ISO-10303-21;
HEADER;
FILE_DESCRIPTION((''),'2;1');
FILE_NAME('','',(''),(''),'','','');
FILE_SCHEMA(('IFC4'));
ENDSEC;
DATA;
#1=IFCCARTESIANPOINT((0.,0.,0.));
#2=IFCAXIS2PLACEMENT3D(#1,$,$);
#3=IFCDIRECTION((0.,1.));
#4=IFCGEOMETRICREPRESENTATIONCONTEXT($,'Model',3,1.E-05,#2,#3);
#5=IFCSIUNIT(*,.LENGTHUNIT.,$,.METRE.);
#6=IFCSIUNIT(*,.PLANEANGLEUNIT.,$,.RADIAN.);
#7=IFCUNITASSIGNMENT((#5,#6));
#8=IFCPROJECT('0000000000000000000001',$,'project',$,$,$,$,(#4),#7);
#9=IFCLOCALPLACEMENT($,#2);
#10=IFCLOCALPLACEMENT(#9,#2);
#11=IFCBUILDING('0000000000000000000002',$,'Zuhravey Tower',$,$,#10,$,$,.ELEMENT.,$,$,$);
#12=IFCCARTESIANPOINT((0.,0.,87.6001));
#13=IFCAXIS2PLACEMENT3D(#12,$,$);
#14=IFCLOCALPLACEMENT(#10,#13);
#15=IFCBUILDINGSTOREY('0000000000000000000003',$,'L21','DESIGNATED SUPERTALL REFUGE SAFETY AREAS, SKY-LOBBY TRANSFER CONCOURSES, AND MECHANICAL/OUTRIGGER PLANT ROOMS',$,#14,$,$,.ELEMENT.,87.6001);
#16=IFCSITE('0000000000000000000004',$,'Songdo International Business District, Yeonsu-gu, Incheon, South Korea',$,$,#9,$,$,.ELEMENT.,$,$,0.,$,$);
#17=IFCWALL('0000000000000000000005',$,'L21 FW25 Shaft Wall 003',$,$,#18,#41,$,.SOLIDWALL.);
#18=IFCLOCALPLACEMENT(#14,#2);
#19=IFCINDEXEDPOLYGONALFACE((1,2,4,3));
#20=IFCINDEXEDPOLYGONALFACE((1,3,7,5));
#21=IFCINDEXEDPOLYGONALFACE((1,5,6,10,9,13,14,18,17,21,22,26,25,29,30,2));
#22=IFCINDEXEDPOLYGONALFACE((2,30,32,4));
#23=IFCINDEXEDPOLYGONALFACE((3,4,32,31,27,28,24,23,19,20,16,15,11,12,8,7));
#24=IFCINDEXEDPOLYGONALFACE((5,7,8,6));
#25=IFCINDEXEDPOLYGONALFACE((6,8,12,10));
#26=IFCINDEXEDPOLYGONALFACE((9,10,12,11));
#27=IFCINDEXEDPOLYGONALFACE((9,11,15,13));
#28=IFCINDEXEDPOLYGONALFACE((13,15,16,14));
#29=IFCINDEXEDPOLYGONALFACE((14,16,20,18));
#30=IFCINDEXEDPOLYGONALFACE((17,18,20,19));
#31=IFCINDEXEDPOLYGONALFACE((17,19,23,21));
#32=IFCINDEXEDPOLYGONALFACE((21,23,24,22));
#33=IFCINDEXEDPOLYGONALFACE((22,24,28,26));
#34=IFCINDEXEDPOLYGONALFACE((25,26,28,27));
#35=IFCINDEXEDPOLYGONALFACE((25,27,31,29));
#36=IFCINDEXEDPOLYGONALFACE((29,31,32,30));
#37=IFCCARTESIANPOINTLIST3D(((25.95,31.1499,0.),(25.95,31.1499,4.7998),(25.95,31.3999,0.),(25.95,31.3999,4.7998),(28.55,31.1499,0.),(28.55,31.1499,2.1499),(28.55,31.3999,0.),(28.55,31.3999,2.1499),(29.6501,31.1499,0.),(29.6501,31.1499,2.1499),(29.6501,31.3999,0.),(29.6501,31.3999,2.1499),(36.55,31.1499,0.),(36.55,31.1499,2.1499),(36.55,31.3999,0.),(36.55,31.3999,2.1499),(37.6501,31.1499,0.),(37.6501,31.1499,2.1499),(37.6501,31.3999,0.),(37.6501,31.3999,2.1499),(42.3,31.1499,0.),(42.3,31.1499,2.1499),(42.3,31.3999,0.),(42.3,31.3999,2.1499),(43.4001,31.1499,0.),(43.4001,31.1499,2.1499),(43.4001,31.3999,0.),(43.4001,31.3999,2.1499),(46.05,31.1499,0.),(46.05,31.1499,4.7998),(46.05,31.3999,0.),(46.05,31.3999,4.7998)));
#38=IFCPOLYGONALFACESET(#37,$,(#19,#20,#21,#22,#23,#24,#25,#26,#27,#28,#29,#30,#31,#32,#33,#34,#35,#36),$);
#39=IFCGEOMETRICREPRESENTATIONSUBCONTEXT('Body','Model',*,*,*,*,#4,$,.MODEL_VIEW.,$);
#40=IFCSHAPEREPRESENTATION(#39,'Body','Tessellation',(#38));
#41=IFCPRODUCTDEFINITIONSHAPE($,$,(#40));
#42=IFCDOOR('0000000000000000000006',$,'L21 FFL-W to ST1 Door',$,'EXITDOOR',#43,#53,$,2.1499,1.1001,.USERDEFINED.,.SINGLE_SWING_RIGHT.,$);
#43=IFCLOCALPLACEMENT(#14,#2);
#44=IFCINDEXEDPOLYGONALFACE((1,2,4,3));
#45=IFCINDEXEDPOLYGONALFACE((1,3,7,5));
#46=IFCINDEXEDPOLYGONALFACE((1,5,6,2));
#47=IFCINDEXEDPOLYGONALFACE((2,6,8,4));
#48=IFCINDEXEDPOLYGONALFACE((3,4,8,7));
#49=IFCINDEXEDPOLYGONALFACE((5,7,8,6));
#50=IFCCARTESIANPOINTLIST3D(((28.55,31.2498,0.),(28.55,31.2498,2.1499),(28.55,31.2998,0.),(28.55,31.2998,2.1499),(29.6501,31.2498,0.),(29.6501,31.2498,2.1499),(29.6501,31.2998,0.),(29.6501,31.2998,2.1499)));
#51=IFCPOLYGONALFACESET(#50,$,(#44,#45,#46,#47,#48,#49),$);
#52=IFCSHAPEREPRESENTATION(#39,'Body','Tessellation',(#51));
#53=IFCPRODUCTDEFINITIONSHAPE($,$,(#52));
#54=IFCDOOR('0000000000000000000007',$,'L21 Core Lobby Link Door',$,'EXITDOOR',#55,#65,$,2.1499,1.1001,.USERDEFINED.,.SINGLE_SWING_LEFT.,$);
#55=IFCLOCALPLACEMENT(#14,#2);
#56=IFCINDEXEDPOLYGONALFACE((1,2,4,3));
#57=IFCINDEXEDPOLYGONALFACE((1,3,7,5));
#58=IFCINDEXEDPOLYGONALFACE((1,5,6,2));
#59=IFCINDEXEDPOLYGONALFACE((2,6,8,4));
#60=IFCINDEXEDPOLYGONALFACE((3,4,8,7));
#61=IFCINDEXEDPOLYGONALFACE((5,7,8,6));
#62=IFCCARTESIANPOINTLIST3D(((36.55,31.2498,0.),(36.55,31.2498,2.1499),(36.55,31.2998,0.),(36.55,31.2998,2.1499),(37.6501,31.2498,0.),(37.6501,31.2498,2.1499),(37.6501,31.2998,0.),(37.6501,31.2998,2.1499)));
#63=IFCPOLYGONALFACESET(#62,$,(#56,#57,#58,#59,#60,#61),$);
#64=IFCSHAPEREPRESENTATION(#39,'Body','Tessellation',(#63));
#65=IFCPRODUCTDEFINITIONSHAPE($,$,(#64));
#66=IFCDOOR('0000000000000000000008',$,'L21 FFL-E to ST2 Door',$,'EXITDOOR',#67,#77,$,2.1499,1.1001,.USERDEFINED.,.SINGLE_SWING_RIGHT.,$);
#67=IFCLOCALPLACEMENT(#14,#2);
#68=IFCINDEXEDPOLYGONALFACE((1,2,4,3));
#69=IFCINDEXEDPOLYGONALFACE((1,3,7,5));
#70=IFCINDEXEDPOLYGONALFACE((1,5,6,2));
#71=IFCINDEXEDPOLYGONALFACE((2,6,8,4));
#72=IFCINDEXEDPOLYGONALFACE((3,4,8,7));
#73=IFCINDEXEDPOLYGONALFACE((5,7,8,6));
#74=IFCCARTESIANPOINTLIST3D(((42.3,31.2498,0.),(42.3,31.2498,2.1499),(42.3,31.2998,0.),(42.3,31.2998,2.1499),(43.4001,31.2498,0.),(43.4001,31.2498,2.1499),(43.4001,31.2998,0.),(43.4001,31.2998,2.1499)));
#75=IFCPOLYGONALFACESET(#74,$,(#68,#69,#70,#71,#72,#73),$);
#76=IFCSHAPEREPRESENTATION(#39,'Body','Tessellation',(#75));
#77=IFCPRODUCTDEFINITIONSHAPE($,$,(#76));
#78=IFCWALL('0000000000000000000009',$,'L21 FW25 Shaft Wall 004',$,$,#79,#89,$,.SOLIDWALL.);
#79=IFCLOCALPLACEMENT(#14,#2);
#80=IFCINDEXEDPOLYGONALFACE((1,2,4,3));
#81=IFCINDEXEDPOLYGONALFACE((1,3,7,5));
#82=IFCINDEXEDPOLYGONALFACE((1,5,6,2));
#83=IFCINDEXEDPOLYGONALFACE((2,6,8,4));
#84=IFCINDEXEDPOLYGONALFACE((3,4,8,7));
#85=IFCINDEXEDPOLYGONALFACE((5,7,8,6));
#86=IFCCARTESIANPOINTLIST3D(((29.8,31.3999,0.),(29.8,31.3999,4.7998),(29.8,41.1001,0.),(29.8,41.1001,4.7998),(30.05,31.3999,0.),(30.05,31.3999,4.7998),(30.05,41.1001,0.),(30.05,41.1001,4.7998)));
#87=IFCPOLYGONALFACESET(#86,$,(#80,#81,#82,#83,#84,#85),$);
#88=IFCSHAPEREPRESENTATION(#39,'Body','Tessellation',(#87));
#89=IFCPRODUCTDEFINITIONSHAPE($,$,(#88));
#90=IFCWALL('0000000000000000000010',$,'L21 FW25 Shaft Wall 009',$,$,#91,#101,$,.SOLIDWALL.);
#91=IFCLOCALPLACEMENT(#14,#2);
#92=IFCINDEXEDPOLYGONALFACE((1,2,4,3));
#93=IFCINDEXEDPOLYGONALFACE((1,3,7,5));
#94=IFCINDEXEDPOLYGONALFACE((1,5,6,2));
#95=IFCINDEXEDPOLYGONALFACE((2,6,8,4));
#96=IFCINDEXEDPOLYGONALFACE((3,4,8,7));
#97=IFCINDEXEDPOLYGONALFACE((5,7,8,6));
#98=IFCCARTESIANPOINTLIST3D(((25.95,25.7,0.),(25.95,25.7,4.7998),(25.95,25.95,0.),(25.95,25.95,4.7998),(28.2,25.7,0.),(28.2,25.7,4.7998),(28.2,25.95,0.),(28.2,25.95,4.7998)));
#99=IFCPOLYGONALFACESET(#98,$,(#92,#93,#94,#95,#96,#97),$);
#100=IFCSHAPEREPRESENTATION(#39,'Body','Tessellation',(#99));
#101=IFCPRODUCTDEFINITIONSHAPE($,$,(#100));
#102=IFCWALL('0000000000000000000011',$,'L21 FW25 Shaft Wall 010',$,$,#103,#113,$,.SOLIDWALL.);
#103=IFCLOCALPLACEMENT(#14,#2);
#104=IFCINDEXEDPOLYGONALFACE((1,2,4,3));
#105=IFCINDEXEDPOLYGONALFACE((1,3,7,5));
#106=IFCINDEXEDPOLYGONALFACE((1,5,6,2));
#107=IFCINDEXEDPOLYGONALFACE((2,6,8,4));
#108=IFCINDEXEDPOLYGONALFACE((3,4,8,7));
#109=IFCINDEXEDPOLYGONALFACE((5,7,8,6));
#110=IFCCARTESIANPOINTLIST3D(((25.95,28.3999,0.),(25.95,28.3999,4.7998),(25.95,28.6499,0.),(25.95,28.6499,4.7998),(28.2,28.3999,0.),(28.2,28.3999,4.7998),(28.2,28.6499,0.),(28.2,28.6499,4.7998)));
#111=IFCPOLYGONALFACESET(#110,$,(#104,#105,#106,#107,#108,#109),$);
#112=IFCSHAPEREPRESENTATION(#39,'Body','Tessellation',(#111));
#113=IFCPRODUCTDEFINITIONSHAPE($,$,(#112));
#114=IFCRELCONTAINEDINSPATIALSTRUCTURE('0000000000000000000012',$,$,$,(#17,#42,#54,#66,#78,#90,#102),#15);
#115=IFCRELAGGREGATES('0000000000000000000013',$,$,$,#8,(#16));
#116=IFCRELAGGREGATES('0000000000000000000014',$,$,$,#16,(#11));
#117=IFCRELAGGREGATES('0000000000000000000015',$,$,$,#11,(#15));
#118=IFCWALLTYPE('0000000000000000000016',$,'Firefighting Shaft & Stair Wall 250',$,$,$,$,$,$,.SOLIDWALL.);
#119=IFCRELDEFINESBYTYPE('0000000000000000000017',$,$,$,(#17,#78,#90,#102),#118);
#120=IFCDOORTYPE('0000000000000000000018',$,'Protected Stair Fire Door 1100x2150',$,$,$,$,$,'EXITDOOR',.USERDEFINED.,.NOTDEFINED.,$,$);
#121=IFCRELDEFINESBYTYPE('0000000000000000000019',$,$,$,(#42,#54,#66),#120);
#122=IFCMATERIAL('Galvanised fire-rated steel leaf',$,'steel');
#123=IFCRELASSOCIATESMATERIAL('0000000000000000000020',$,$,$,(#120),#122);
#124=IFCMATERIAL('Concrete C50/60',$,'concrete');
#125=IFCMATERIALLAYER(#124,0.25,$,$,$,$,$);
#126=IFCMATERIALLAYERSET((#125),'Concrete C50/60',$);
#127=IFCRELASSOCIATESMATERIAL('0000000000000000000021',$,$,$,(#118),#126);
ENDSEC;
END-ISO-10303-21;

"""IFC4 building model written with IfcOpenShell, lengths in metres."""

from ifc_helpers import new_model, si_unit, direction, frame, frame_2d, origin, place, context, subcontext, project, spatial, rectangle, extrude, material, layer, layer_set, type_object, element, fill, save


model = new_model("IFC4")

# Units and contexts
model_context = context("Model", 3, precision=1e-05, world=origin(), true_north=direction((0.0, 1.0)))
body_context = subcontext(model_context, "Body", "Model", "MODEL_VIEW")
ifc_project = project(units=[si_unit("LENGTHUNIT", "METRE"), si_unit("PLANEANGLEUNIT", "RADIAN")], contexts=[model_context])

# Site, building, storey
site_placement = place(None, origin())
site = spatial("IfcSite", under=ifc_project, at=site_placement, Name="Songdo International Business District, Yeonsu-gu, Incheon, South Korea", CompositionType="ELEMENT", RefElevation=0.0)
building_placement = place(site_placement, origin())
building = spatial("IfcBuilding", under=site, at=building_placement, Name="Zuhravey Tower", CompositionType="ELEMENT")
storey_placement = place(building_placement, frame((0.0, 0.0, 87.6001)))
storey = spatial("IfcBuildingStorey", under=building, at=storey_placement, Name="L21", Description="DESIGNATED SUPERTALL REFUGE SAFETY AREAS, SKY-LOBBY TRANSFER CONCOURSES, AND MECHANICAL/OUTRIGGER PLANT ROOMS", CompositionType="ELEMENT", Elevation=87.6001)

# Shared definitions
ifc_material_1 = material(Name="Galvanised fire-rated steel leaf", Category="steel")
door_type_1 = type_object("IfcDoorType", Name="Protected Stair Fire Door 1100x2150", ElementType="EXITDOOR", OperationType="NOTDEFINED", PredefinedType="USERDEFINED", material=ifc_material_1)

# Wall, openings, doors
ifc_material_2 = material(Name="Concrete C50/60", Category="concrete")
ifc_layer_1 = layer(ifc_material_2, 0.25)
ifc_layer_set_1 = layer_set([ifc_layer_1], Name="Concrete C50/60")
wall_type_1 = type_object("IfcWallType", Name="Firefighting Shaft & Stair Wall 250", PredefinedType="SOLIDWALL", material=ifc_layer_set_1)
wall_1_placement = place(storey_placement, frame((25.95, 31.2749, 0.0), z_axis=(0.0, 0.0, 1.0), x_axis=(1.0, 0.0, 0.0)))
wall_1 = element("IfcWall", 1, at=wall_1_placement, inside=storey, type_object=wall_type_1, Name="L21 FW25 Shaft Wall 003", PredefinedType="SOLIDWALL", context=body_context, shape_type="SweptSolid", body=[
    extrude(rectangle(XDim=20.1001, YDim=0.25, at=frame_2d((10.05, 0.0))), origin(), (0.0, 0.0, 1.0), 4.7998),
])
opening_1_placement = place(wall_1_placement, frame((2.6001, 0.0, 0.0)))
opening_1 = element("IfcOpeningElement", 2, at=opening_1_placement, cuts=wall_1, PredefinedType="OPENING", context=body_context, shape_type="SweptSolid", body=[
    extrude(rectangle(XDim=1.1001, YDim=2.1499, at=frame_2d((0.55, 1.075))), frame((0.0, 0.137, 0.0), z_axis=(0.0, -1.0, 0.0), x_axis=(1.0, 0.0, 0.0)), (0.0, 0.0, 1.0), 0.2739),
])
opening_2_placement = place(wall_1_placement, frame((10.6001, 0.0, 0.0)))
opening_2 = element("IfcOpeningElement", 3, at=opening_2_placement, cuts=wall_1, PredefinedType="OPENING", context=body_context, shape_type="SweptSolid", body=[
    extrude(rectangle(XDim=1.1001, YDim=2.1499, at=frame_2d((0.55, 1.075))), frame((0.0, 0.137, 0.0), z_axis=(0.0, -1.0, 0.0), x_axis=(1.0, 0.0, 0.0)), (0.0, 0.0, 1.0), 0.2739),
])
opening_3_placement = place(wall_1_placement, frame((16.3501, 0.0, 0.0)))
opening_3 = element("IfcOpeningElement", 4, at=opening_3_placement, cuts=wall_1, PredefinedType="OPENING", context=body_context, shape_type="SweptSolid", body=[
    extrude(rectangle(XDim=1.1001, YDim=2.1499, at=frame_2d((0.55, 1.075))), frame((0.0, 0.137, 0.0), z_axis=(0.0, -1.0, 0.0), x_axis=(1.0, 0.0, 0.0)), (0.0, 0.0, 1.0), 0.2739),
])
door_1_placement = place(opening_1_placement, origin())
door_1 = element("IfcDoor", 5, at=door_1_placement, inside=storey, type_object=door_type_1, Name="L21 FFL-W to ST1 Door", ObjectType="EXITDOOR", OperationType="SINGLE_SWING_RIGHT", OverallHeight=2.1499, OverallWidth=1.1001, PredefinedType="USERDEFINED", context=body_context, shape_type="SweptSolid", body=[
    extrude(rectangle(XDim=1.1001, YDim=2.1499, at=frame_2d((0.55, 1.075))), frame((0.0, 0.0249, 0.0), z_axis=(0.0, -1.0, 0.0), x_axis=(1.0, 0.0, 0.0)), (0.0, 0.0, 1.0), 0.05),
])
fill(opening_1, door_1)
door_2_placement = place(opening_2_placement, origin())
door_2 = element("IfcDoor", 6, at=door_2_placement, inside=storey, type_object=door_type_1, Name="L21 Core Lobby Link Door", ObjectType="EXITDOOR", OperationType="SINGLE_SWING_LEFT", OverallHeight=2.1499, OverallWidth=1.1001, PredefinedType="USERDEFINED", context=body_context, shape_type="SweptSolid", body=[
    extrude(rectangle(XDim=1.1001, YDim=2.1499, at=frame_2d((0.55, 1.075))), frame((0.0, 0.0249, 0.0), z_axis=(0.0, -1.0, 0.0), x_axis=(1.0, 0.0, 0.0)), (0.0, 0.0, 1.0), 0.05),
])
fill(opening_2, door_2)
door_3_placement = place(opening_3_placement, origin())
door_3 = element("IfcDoor", 7, at=door_3_placement, inside=storey, type_object=door_type_1, Name="L21 FFL-E to ST2 Door", ObjectType="EXITDOOR", OperationType="SINGLE_SWING_RIGHT", OverallHeight=2.1499, OverallWidth=1.1001, PredefinedType="USERDEFINED", context=body_context, shape_type="SweptSolid", body=[
    extrude(rectangle(XDim=1.1001, YDim=2.1499, at=frame_2d((0.55, 1.075))), frame((0.0, 0.0249, 0.0), z_axis=(0.0, -1.0, 0.0), x_axis=(1.0, 0.0, 0.0)), (0.0, 0.0, 1.0), 0.05),
])
fill(opening_3, door_3)

# Walls
wall_2_placement = place(storey_placement, frame((29.925, 31.3999, 0.0), z_axis=(0.0, 0.0, 1.0), x_axis=(0.0, 1.0, 0.0)))
element("IfcWall", 8, at=wall_2_placement, inside=storey, type_object=wall_type_1, Name="L21 FW25 Shaft Wall 004", PredefinedType="SOLIDWALL", context=body_context, shape_type="SweptSolid", body=[
    extrude(rectangle(XDim=9.7002, YDim=0.25, at=frame_2d((4.8501, 0.0))), origin(), (0.0, 0.0, 1.0), 4.7998),
])
for number, where, z_axis, x_axis, name in (
    (9, (25.95, 25.825, 0.0), (0.0, 0.0, 1.0), (1.0, 0.0, 0.0), "L21 FW25 Shaft Wall 009"),
    (10, (25.95, 28.5249, 0.0), (0.0, 0.0, 1.0), (1.0, 0.0, 0.0), "L21 FW25 Shaft Wall 010"),
):
    element("IfcWall", number, at=place(storey_placement, frame(where, z_axis=z_axis, x_axis=x_axis)), inside=storey, type_object=wall_type_1, Name=name, PredefinedType="SOLIDWALL", context=body_context, shape_type="SweptSolid", body=[
        extrude(rectangle(XDim=2.25, YDim=0.25, at=frame_2d((1.125, 0.0))), origin(), (0.0, 0.0, 1.0), 4.7998),
    ])

save(model, "model.ifc")
